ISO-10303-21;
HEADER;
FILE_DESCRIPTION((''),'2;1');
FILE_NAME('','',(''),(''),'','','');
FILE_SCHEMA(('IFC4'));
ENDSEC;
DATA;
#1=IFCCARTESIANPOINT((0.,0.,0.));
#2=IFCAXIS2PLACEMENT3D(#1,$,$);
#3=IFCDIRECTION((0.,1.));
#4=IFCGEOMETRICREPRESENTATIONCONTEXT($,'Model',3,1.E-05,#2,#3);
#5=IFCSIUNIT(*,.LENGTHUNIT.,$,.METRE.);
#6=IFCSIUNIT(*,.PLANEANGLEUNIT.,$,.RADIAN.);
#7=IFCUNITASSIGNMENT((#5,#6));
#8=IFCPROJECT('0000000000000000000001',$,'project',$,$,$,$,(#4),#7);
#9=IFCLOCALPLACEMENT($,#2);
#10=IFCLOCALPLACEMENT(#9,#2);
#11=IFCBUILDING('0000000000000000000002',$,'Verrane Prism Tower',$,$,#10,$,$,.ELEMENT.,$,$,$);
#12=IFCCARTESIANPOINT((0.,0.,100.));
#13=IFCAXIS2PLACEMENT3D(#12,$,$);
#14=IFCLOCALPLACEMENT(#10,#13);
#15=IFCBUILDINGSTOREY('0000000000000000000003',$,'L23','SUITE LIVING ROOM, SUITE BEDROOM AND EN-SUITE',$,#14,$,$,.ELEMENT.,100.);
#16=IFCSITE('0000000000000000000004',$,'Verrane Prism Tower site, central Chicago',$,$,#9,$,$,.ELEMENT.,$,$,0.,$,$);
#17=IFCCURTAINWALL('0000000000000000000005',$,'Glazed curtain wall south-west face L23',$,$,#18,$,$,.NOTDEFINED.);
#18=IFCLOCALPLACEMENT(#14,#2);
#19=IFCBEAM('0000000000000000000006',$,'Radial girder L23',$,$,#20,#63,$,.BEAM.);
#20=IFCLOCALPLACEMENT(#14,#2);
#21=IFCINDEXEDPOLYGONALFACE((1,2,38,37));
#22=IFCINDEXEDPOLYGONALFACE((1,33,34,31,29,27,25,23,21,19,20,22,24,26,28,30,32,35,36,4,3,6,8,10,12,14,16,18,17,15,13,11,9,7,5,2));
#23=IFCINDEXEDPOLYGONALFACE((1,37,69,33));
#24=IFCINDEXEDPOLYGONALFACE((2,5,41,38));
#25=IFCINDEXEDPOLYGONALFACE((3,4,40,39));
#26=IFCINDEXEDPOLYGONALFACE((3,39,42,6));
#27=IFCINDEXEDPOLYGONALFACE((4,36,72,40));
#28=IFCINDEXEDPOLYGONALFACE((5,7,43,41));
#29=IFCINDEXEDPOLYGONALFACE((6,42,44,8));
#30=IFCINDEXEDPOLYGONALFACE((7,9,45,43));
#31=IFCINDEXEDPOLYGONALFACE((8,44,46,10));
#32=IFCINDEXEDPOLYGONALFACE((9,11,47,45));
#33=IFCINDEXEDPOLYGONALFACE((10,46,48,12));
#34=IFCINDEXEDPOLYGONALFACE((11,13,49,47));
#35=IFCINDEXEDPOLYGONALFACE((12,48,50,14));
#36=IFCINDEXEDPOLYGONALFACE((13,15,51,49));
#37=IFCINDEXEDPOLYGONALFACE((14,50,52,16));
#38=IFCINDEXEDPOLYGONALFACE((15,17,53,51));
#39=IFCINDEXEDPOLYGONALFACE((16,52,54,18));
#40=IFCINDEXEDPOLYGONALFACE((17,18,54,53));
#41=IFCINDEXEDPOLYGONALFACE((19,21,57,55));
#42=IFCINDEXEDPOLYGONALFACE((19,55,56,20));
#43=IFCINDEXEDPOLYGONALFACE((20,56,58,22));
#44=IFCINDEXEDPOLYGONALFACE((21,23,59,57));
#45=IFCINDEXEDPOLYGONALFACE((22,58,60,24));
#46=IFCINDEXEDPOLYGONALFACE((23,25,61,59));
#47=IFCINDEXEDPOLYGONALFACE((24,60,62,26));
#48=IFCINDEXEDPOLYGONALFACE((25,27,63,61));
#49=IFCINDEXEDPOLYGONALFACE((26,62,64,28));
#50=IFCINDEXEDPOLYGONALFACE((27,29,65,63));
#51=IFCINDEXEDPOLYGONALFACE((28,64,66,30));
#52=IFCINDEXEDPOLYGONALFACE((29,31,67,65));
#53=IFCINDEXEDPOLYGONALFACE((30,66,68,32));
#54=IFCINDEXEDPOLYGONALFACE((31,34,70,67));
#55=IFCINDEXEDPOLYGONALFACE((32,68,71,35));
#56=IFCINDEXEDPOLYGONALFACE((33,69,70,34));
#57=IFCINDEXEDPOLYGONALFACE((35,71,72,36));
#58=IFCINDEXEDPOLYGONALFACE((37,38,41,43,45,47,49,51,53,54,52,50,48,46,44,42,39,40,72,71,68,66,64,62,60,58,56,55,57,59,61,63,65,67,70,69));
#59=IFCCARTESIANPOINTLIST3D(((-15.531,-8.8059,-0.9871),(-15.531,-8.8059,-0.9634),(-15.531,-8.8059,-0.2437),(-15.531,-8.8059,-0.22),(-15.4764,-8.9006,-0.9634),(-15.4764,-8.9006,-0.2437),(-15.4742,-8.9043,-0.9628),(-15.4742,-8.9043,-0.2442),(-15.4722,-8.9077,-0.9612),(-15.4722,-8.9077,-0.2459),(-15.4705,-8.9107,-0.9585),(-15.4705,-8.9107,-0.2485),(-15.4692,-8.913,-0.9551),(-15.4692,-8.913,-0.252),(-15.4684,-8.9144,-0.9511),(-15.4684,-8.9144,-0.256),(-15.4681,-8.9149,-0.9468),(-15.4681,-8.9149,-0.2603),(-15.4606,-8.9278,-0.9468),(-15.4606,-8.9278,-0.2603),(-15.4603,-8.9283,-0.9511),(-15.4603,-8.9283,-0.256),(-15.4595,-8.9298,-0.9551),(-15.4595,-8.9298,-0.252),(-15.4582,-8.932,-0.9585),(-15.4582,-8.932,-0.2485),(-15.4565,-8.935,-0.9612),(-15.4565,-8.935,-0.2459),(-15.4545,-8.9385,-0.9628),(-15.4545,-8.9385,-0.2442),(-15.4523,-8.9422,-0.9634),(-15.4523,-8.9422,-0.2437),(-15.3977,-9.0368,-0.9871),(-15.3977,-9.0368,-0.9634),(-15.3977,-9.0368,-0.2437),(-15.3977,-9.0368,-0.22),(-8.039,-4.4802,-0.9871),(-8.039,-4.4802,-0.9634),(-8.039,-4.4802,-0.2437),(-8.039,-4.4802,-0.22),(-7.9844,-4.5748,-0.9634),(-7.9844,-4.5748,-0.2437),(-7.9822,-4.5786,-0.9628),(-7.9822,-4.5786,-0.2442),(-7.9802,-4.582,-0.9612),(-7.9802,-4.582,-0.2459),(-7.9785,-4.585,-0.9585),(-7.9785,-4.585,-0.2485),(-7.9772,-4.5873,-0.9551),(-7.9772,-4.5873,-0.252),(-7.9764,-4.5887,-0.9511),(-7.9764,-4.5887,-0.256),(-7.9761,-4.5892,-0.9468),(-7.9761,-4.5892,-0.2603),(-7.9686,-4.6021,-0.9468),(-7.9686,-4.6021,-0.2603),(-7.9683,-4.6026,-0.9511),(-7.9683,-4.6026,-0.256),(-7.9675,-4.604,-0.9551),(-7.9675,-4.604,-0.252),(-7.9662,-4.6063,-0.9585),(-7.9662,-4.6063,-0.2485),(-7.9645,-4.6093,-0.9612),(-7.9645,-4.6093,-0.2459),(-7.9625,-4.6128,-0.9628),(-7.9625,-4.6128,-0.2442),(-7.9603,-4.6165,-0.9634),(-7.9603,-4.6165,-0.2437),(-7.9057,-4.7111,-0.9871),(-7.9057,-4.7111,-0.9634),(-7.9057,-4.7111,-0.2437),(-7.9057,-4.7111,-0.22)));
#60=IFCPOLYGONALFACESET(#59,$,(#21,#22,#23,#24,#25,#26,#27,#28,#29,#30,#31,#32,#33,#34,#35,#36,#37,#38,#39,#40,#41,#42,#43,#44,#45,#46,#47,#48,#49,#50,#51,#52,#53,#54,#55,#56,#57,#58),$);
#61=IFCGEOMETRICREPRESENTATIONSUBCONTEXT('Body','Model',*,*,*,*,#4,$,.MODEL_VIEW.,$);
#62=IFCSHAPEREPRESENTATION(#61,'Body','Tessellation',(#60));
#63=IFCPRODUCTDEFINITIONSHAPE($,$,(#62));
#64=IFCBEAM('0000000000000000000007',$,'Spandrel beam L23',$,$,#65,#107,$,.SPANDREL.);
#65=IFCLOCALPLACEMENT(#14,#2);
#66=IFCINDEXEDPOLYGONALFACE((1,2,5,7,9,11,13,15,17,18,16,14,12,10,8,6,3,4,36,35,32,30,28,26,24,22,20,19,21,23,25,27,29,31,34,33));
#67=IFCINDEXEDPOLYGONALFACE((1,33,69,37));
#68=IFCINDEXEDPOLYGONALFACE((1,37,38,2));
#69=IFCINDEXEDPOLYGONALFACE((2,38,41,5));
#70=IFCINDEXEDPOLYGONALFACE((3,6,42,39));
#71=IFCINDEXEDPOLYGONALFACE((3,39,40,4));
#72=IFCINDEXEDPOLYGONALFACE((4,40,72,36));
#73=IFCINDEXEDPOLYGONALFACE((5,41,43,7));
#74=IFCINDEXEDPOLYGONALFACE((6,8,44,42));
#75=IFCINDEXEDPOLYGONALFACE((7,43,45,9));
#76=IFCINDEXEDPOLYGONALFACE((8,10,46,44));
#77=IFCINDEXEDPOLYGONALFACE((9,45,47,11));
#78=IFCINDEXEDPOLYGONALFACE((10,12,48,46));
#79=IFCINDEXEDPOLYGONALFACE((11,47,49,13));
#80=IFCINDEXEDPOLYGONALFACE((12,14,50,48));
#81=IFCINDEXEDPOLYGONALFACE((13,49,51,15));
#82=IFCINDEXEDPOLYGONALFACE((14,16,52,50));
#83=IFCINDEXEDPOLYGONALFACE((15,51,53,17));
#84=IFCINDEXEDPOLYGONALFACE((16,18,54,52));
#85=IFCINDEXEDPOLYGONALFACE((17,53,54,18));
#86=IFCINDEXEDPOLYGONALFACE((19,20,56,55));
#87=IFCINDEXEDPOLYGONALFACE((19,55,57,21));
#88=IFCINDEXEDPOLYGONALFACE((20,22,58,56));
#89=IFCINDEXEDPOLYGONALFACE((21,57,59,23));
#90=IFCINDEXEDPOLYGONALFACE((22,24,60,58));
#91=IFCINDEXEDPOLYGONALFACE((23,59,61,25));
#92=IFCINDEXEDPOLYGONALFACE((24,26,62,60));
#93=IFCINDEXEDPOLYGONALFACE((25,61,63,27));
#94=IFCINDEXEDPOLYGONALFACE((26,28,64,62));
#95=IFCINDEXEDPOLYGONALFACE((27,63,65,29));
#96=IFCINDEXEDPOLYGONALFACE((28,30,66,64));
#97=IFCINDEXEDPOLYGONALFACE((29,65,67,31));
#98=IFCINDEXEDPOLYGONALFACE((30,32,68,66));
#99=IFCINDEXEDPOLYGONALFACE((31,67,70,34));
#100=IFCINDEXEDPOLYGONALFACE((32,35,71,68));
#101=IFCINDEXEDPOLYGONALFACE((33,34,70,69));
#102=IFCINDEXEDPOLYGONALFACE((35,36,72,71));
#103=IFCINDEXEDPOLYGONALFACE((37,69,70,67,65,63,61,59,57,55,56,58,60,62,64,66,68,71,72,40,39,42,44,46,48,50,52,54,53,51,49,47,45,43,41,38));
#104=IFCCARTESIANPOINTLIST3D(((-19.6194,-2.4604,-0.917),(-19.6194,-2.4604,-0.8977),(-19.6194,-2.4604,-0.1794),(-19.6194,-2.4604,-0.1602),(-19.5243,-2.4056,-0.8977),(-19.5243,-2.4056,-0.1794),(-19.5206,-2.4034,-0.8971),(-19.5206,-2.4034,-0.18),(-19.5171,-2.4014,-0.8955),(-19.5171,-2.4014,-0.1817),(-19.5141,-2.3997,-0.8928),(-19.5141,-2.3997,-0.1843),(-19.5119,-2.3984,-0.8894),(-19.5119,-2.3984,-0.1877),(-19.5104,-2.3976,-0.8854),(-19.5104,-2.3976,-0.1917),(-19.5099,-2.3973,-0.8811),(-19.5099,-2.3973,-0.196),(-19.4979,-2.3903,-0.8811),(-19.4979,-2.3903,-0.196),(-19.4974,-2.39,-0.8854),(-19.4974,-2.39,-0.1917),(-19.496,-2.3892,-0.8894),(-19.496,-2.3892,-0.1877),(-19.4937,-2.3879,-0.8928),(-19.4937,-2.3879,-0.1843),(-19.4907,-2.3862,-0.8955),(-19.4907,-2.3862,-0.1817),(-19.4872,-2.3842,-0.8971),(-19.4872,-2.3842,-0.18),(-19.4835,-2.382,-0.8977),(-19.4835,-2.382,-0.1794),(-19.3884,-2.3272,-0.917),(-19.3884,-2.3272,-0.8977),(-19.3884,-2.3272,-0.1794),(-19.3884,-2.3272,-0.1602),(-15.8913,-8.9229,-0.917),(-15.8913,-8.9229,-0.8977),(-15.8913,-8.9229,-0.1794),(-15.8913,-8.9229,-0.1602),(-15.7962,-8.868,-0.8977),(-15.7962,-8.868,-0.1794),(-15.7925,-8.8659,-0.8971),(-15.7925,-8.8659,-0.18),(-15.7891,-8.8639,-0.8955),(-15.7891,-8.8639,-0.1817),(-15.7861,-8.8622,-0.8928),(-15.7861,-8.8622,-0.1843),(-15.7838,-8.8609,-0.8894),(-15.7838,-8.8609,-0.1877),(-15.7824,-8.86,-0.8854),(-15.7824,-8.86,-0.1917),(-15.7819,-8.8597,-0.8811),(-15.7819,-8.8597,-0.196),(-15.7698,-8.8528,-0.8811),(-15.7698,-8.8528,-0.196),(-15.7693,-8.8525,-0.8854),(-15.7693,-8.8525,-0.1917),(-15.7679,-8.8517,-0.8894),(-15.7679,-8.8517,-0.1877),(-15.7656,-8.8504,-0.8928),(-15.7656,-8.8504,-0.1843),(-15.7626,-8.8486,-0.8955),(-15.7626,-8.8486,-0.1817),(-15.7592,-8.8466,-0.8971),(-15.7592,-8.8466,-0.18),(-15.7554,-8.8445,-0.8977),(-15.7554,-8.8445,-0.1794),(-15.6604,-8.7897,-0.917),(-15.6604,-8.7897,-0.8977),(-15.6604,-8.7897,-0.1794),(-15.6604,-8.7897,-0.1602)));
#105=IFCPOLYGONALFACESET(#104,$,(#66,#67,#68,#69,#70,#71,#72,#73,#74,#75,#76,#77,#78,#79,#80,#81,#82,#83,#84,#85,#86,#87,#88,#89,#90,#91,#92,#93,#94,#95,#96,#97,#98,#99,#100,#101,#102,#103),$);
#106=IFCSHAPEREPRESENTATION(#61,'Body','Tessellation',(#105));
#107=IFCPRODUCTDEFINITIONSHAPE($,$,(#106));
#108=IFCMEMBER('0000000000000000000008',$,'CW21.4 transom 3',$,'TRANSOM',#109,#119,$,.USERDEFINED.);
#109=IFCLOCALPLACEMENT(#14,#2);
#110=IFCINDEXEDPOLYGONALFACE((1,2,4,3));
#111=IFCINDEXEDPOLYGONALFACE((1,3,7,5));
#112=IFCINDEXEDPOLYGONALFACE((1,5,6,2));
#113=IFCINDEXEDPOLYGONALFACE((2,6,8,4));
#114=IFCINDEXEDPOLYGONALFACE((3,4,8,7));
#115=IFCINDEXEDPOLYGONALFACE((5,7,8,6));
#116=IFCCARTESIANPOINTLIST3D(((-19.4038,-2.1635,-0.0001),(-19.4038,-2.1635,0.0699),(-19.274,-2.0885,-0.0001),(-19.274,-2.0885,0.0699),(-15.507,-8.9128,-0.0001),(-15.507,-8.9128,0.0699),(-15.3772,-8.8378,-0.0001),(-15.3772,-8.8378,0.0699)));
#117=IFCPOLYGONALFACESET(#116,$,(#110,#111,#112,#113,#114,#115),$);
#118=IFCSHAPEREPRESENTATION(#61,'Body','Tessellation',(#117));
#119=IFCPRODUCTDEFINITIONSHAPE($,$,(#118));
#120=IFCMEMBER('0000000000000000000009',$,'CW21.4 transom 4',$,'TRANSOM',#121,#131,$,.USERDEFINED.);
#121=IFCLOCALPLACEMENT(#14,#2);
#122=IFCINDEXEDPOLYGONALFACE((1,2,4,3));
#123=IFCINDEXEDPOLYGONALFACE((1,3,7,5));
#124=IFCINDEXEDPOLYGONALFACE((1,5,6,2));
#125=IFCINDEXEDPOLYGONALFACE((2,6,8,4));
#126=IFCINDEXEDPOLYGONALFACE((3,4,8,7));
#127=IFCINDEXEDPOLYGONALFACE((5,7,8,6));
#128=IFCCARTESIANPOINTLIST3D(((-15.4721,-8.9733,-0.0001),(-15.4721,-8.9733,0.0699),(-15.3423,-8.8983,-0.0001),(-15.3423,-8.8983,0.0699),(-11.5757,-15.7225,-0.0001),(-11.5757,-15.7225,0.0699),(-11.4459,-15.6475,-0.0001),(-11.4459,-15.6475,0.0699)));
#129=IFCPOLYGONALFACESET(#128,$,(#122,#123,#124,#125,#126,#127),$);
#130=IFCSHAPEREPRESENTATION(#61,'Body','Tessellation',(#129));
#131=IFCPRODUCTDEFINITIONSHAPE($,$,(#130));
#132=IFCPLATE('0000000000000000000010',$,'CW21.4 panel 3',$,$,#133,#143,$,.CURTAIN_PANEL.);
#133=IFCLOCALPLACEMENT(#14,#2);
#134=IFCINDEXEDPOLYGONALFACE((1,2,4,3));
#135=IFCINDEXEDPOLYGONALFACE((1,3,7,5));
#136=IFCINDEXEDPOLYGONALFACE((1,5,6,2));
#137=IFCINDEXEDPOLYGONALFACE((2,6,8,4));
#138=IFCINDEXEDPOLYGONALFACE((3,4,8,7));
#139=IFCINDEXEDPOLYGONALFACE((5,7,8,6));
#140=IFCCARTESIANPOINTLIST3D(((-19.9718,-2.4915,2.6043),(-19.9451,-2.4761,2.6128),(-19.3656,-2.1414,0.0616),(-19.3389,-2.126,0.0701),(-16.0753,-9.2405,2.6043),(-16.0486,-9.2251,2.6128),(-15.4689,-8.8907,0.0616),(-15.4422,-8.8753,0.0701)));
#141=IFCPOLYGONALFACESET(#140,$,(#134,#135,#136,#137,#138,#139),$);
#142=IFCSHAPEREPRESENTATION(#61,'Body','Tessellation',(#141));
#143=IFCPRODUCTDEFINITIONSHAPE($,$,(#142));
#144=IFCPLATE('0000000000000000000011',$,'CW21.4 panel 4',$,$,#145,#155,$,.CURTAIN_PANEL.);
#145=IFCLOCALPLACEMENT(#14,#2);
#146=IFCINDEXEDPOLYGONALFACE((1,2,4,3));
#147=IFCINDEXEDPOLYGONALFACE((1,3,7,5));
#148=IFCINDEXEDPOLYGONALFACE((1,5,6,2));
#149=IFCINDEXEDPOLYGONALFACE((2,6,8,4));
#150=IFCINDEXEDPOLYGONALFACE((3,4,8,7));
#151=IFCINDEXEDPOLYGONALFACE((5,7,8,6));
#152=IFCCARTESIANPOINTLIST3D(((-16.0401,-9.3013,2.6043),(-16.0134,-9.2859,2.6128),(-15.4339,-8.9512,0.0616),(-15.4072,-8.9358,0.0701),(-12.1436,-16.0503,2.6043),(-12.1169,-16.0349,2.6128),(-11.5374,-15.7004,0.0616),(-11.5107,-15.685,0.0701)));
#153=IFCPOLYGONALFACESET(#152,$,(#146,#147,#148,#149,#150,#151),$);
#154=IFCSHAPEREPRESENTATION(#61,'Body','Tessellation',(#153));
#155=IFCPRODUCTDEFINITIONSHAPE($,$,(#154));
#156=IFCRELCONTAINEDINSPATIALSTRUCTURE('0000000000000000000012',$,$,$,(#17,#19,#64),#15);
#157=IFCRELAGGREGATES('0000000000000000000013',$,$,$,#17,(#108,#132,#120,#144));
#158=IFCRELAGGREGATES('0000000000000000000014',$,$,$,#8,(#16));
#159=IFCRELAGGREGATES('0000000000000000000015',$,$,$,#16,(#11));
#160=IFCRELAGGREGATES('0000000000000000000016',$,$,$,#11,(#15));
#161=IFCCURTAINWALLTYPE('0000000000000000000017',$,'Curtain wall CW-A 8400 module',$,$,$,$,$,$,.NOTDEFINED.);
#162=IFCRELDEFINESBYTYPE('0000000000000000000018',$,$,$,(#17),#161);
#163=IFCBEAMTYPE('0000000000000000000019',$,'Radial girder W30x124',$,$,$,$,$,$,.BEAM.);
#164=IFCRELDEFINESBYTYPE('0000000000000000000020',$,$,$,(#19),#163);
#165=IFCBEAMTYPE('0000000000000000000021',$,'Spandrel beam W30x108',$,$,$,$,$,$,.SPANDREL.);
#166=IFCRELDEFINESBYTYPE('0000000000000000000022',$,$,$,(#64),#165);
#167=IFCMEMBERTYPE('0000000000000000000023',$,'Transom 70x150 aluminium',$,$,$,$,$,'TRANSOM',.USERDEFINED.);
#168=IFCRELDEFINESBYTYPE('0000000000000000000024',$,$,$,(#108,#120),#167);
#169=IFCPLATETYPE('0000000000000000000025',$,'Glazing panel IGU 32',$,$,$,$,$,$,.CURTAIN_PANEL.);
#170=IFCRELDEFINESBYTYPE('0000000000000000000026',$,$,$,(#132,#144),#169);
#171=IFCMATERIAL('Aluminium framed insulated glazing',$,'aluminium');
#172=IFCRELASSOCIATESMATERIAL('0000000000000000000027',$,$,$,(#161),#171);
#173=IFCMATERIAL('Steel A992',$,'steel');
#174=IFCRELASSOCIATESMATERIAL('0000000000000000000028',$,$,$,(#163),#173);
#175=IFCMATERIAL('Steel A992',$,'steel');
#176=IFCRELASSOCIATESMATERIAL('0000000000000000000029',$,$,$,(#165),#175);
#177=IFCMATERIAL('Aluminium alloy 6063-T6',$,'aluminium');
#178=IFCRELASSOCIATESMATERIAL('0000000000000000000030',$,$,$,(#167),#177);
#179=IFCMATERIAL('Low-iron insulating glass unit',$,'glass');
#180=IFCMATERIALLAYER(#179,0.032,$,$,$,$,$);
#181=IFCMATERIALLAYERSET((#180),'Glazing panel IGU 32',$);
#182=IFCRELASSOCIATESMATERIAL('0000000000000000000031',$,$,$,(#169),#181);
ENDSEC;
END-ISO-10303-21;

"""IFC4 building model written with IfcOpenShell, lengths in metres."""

from ifc_helpers import new_model, si_unit, direction, frame, origin, origin_2d, place, context, subcontext, project, spatial, polyline, rectangle, i_section, outline, extrude, material, layer, layer_set, material_profile, profile_set, type_object, element, aggregate, save


model = new_model("IFC4")

# Units and contexts
model_context = context("Model", 3, precision=1e-05, world=origin(), true_north=direction((0.0, 1.0)))
body_context = subcontext(model_context, "Body", "Model", "MODEL_VIEW")
ifc_project = project(units=[si_unit("LENGTHUNIT", "METRE"), si_unit("PLANEANGLEUNIT", "RADIAN")], contexts=[model_context])

# Site, building, storey
site_placement = place(None, origin())
site = spatial("IfcSite", under=ifc_project, at=site_placement, Name="Verrane Prism Tower site, central Chicago", CompositionType="ELEMENT", RefElevation=0.0)
building_placement = place(site_placement, origin())
building = spatial("IfcBuilding", under=site, at=building_placement, Name="Verrane Prism Tower", CompositionType="ELEMENT")
storey_placement = place(building_placement, frame((0.0, 0.0, 100.0)))
storey = spatial("IfcBuildingStorey", under=building, at=storey_placement, Name="L23", Description="SUITE LIVING ROOM, SUITE BEDROOM AND EN-SUITE", CompositionType="ELEMENT", Elevation=100.0)

# Curtain wall
ifc_material_1 = material(Name="Aluminium framed insulated glazing", Category="aluminium")
curtain_wall_type = type_object("IfcCurtainWallType", Name="Curtain wall CW-A 8400 module", PredefinedType="NOTDEFINED", material=ifc_material_1)
curtain_wall_placement = place(storey_placement, origin())
curtain_wall = element("IfcCurtainWall", 1, at=curtain_wall_placement, inside=storey, type_object=curtain_wall_type, Name="Glazed curtain wall south-west face L23", PredefinedType="NOTDEFINED")

# Beams
ifc_material_2 = material(Name="Steel A992", Category="steel")
ifc_material_profile_1 = material_profile(ifc_material_2, i_section(OverallWidth=0.2666, OverallDepth=0.7671, WebThickness=0.0149, FlangeThickness=0.0237, FilletRadius=0.0166, at=origin_2d()), Name="W30x124")
ifc_profile_set_1 = profile_set([ifc_material_profile_1], Name="Steel A992")
beam_type_1 = type_object("IfcBeamType", Name="Radial girder W30x124", PredefinedType="BEAM", material=ifc_profile_set_1)
beam_1_placement = place(storey_placement, frame((-15.4644, -8.9214, -0.6035), z_axis=(0.866015, 0.500018, 0.0), x_axis=(-0.500018, 0.866015, 0.0)))
element("IfcBeam", 2, at=beam_1_placement, inside=storey, type_object=beam_type_1, Name="Radial girder L23", PredefinedType="BEAM", context=body_context, shape_type="SweptSolid", body=[
    extrude(i_section(OverallWidth=0.2666, OverallDepth=0.7671, WebThickness=0.0149, FlangeThickness=0.0237, FilletRadius=0.0166, at=origin_2d()), origin(), (0.0, 0.0, 1.0), 8.6511),
])
ifc_material_3 = material(Name="Steel A992", Category="steel")
ifc_material_profile_2 = material_profile(ifc_material_3, i_section(OverallWidth=0.2666, OverallDepth=0.7568, WebThickness=0.0139, FlangeThickness=0.0193, FilletRadius=0.0166, at=origin_2d()), Name="W30x108")
ifc_profile_set_2 = profile_set([ifc_material_profile_2], Name="Steel A992")
beam_type_2 = type_object("IfcBeamType", Name="Spandrel beam W30x108", PredefinedType="SPANDREL", material=ifc_profile_set_2)
beam_2_placement = place(storey_placement, frame((-19.5039, -2.3938, -0.5386), z_axis=(0.499694, -0.866202, 0.0), x_axis=(0.866202, 0.499694, 0.0)))
element("IfcBeam", 3, at=beam_2_placement, inside=storey, type_object=beam_type_2, Name="Spandrel beam L23", PredefinedType="SPANDREL", context=body_context, shape_type="SweptSolid", body=[
    extrude(i_section(OverallWidth=0.2666, OverallDepth=0.7568, WebThickness=0.0139, FlangeThickness=0.0193, FilletRadius=0.0166, at=origin_2d()), origin(), (0.0, 0.0, 1.0), 7.4607),
])

# Members
ifc_material_4 = material(Name="Aluminium alloy 6063-T6", Category="aluminium")
ifc_material_profile_3 = material_profile(ifc_material_4, rectangle(XDim=0.1499, YDim=0.0701, at=origin_2d()), Name="Transom 70x150 aluminium")
ifc_profile_set_3 = profile_set([ifc_material_profile_3], Name="Aluminium alloy 6063-T6")
member_type_1 = type_object("IfcMemberType", Name="Transom 70x150 aluminium", ElementType="TRANSOM", PredefinedType="USERDEFINED", material=ifc_profile_set_3)
member_1_placement = place(storey_placement, frame((-19.3389, -2.126, 0.0349), z_axis=(0.500004, -0.866023, 0.0), x_axis=(0.866023, 0.500004, 0.0)))
member_1 = element("IfcMember", 4, at=member_1_placement, type_object=member_type_1, Name="CW21.4 transom 3", ObjectType="TRANSOM", PredefinedType="USERDEFINED", context=body_context, shape_type="SweptSolid", body=[
    extrude(rectangle(XDim=0.1499, YDim=0.0701, at=origin_2d()), origin(), (0.0, 0.0, 1.0), 7.7935),
])
member_2_placement = place(storey_placement, frame((-15.4072, -8.9358, 0.0349), z_axis=(0.49998, -0.866037, 0.0), x_axis=(0.866037, 0.49998, 0.0)))
member_2 = element("IfcMember", 5, at=member_2_placement, type_object=member_type_1, Name="CW21.4 transom 4", ObjectType="TRANSOM", PredefinedType="USERDEFINED", context=body_context, shape_type="SweptSolid", body=[
    extrude(rectangle(XDim=0.1499, YDim=0.0701, at=origin_2d()), origin(), (0.0, 0.0, 1.0), 7.7932),
])

# Plates
ifc_material_5 = material(Name="Low-iron insulating glass unit", Category="glass")
ifc_layer_1 = layer(ifc_material_5, 0.032)
ifc_layer_set_1 = layer_set([ifc_layer_1], Name="Glazing panel IGU 32")
plate_type = type_object("IfcPlateType", Name="Glazing panel IGU 32", PredefinedType="CURTAIN_PANEL", material=ifc_layer_set_1)
plate_1_placement = place(storey_placement, frame((-19.3389, -2.126, 0.0701), z_axis=(0.834957, 0.482061, 0.265449), x_axis=(0.499999, -0.866026, -0.000001)))
plate_1 = element("IfcPlate", 6, at=plate_1_placement, type_object=plate_type, Name="CW21.4 panel 3", PredefinedType="CURTAIN_PANEL", context=body_context, shape_type="SweptSolid", body=[
    extrude(outline(polyline([(0.0, 0.0), (7.7934, 0.0), (7.7932, -2.6374), (0.0001, -2.6373), (0.0, 0.0)])), origin(), (0.0, 0.0, -1.0), 0.032),
])
plate_2_placement = place(storey_placement, frame((-15.4072, -8.9358, 0.0701), z_axis=(0.834973, 0.482055, 0.265412), x_axis=(0.499986, -0.866033, 0.000002)))
plate_2 = element("IfcPlate", 7, at=plate_2_placement, type_object=plate_type, Name="CW21.4 panel 4", PredefinedType="CURTAIN_PANEL", context=body_context, shape_type="SweptSolid", body=[
    extrude(outline(polyline([(0.0, 0.0), (7.7933, 0.0), (7.7932, -2.6373), (0.0001, -2.6373), (0.0, 0.0)])), origin(), (0.0, 0.0, -1.0), 0.032),
])
aggregate(curtain_wall, [member_1, plate_1, member_2, plate_2])

save(model, "model.ifc")
